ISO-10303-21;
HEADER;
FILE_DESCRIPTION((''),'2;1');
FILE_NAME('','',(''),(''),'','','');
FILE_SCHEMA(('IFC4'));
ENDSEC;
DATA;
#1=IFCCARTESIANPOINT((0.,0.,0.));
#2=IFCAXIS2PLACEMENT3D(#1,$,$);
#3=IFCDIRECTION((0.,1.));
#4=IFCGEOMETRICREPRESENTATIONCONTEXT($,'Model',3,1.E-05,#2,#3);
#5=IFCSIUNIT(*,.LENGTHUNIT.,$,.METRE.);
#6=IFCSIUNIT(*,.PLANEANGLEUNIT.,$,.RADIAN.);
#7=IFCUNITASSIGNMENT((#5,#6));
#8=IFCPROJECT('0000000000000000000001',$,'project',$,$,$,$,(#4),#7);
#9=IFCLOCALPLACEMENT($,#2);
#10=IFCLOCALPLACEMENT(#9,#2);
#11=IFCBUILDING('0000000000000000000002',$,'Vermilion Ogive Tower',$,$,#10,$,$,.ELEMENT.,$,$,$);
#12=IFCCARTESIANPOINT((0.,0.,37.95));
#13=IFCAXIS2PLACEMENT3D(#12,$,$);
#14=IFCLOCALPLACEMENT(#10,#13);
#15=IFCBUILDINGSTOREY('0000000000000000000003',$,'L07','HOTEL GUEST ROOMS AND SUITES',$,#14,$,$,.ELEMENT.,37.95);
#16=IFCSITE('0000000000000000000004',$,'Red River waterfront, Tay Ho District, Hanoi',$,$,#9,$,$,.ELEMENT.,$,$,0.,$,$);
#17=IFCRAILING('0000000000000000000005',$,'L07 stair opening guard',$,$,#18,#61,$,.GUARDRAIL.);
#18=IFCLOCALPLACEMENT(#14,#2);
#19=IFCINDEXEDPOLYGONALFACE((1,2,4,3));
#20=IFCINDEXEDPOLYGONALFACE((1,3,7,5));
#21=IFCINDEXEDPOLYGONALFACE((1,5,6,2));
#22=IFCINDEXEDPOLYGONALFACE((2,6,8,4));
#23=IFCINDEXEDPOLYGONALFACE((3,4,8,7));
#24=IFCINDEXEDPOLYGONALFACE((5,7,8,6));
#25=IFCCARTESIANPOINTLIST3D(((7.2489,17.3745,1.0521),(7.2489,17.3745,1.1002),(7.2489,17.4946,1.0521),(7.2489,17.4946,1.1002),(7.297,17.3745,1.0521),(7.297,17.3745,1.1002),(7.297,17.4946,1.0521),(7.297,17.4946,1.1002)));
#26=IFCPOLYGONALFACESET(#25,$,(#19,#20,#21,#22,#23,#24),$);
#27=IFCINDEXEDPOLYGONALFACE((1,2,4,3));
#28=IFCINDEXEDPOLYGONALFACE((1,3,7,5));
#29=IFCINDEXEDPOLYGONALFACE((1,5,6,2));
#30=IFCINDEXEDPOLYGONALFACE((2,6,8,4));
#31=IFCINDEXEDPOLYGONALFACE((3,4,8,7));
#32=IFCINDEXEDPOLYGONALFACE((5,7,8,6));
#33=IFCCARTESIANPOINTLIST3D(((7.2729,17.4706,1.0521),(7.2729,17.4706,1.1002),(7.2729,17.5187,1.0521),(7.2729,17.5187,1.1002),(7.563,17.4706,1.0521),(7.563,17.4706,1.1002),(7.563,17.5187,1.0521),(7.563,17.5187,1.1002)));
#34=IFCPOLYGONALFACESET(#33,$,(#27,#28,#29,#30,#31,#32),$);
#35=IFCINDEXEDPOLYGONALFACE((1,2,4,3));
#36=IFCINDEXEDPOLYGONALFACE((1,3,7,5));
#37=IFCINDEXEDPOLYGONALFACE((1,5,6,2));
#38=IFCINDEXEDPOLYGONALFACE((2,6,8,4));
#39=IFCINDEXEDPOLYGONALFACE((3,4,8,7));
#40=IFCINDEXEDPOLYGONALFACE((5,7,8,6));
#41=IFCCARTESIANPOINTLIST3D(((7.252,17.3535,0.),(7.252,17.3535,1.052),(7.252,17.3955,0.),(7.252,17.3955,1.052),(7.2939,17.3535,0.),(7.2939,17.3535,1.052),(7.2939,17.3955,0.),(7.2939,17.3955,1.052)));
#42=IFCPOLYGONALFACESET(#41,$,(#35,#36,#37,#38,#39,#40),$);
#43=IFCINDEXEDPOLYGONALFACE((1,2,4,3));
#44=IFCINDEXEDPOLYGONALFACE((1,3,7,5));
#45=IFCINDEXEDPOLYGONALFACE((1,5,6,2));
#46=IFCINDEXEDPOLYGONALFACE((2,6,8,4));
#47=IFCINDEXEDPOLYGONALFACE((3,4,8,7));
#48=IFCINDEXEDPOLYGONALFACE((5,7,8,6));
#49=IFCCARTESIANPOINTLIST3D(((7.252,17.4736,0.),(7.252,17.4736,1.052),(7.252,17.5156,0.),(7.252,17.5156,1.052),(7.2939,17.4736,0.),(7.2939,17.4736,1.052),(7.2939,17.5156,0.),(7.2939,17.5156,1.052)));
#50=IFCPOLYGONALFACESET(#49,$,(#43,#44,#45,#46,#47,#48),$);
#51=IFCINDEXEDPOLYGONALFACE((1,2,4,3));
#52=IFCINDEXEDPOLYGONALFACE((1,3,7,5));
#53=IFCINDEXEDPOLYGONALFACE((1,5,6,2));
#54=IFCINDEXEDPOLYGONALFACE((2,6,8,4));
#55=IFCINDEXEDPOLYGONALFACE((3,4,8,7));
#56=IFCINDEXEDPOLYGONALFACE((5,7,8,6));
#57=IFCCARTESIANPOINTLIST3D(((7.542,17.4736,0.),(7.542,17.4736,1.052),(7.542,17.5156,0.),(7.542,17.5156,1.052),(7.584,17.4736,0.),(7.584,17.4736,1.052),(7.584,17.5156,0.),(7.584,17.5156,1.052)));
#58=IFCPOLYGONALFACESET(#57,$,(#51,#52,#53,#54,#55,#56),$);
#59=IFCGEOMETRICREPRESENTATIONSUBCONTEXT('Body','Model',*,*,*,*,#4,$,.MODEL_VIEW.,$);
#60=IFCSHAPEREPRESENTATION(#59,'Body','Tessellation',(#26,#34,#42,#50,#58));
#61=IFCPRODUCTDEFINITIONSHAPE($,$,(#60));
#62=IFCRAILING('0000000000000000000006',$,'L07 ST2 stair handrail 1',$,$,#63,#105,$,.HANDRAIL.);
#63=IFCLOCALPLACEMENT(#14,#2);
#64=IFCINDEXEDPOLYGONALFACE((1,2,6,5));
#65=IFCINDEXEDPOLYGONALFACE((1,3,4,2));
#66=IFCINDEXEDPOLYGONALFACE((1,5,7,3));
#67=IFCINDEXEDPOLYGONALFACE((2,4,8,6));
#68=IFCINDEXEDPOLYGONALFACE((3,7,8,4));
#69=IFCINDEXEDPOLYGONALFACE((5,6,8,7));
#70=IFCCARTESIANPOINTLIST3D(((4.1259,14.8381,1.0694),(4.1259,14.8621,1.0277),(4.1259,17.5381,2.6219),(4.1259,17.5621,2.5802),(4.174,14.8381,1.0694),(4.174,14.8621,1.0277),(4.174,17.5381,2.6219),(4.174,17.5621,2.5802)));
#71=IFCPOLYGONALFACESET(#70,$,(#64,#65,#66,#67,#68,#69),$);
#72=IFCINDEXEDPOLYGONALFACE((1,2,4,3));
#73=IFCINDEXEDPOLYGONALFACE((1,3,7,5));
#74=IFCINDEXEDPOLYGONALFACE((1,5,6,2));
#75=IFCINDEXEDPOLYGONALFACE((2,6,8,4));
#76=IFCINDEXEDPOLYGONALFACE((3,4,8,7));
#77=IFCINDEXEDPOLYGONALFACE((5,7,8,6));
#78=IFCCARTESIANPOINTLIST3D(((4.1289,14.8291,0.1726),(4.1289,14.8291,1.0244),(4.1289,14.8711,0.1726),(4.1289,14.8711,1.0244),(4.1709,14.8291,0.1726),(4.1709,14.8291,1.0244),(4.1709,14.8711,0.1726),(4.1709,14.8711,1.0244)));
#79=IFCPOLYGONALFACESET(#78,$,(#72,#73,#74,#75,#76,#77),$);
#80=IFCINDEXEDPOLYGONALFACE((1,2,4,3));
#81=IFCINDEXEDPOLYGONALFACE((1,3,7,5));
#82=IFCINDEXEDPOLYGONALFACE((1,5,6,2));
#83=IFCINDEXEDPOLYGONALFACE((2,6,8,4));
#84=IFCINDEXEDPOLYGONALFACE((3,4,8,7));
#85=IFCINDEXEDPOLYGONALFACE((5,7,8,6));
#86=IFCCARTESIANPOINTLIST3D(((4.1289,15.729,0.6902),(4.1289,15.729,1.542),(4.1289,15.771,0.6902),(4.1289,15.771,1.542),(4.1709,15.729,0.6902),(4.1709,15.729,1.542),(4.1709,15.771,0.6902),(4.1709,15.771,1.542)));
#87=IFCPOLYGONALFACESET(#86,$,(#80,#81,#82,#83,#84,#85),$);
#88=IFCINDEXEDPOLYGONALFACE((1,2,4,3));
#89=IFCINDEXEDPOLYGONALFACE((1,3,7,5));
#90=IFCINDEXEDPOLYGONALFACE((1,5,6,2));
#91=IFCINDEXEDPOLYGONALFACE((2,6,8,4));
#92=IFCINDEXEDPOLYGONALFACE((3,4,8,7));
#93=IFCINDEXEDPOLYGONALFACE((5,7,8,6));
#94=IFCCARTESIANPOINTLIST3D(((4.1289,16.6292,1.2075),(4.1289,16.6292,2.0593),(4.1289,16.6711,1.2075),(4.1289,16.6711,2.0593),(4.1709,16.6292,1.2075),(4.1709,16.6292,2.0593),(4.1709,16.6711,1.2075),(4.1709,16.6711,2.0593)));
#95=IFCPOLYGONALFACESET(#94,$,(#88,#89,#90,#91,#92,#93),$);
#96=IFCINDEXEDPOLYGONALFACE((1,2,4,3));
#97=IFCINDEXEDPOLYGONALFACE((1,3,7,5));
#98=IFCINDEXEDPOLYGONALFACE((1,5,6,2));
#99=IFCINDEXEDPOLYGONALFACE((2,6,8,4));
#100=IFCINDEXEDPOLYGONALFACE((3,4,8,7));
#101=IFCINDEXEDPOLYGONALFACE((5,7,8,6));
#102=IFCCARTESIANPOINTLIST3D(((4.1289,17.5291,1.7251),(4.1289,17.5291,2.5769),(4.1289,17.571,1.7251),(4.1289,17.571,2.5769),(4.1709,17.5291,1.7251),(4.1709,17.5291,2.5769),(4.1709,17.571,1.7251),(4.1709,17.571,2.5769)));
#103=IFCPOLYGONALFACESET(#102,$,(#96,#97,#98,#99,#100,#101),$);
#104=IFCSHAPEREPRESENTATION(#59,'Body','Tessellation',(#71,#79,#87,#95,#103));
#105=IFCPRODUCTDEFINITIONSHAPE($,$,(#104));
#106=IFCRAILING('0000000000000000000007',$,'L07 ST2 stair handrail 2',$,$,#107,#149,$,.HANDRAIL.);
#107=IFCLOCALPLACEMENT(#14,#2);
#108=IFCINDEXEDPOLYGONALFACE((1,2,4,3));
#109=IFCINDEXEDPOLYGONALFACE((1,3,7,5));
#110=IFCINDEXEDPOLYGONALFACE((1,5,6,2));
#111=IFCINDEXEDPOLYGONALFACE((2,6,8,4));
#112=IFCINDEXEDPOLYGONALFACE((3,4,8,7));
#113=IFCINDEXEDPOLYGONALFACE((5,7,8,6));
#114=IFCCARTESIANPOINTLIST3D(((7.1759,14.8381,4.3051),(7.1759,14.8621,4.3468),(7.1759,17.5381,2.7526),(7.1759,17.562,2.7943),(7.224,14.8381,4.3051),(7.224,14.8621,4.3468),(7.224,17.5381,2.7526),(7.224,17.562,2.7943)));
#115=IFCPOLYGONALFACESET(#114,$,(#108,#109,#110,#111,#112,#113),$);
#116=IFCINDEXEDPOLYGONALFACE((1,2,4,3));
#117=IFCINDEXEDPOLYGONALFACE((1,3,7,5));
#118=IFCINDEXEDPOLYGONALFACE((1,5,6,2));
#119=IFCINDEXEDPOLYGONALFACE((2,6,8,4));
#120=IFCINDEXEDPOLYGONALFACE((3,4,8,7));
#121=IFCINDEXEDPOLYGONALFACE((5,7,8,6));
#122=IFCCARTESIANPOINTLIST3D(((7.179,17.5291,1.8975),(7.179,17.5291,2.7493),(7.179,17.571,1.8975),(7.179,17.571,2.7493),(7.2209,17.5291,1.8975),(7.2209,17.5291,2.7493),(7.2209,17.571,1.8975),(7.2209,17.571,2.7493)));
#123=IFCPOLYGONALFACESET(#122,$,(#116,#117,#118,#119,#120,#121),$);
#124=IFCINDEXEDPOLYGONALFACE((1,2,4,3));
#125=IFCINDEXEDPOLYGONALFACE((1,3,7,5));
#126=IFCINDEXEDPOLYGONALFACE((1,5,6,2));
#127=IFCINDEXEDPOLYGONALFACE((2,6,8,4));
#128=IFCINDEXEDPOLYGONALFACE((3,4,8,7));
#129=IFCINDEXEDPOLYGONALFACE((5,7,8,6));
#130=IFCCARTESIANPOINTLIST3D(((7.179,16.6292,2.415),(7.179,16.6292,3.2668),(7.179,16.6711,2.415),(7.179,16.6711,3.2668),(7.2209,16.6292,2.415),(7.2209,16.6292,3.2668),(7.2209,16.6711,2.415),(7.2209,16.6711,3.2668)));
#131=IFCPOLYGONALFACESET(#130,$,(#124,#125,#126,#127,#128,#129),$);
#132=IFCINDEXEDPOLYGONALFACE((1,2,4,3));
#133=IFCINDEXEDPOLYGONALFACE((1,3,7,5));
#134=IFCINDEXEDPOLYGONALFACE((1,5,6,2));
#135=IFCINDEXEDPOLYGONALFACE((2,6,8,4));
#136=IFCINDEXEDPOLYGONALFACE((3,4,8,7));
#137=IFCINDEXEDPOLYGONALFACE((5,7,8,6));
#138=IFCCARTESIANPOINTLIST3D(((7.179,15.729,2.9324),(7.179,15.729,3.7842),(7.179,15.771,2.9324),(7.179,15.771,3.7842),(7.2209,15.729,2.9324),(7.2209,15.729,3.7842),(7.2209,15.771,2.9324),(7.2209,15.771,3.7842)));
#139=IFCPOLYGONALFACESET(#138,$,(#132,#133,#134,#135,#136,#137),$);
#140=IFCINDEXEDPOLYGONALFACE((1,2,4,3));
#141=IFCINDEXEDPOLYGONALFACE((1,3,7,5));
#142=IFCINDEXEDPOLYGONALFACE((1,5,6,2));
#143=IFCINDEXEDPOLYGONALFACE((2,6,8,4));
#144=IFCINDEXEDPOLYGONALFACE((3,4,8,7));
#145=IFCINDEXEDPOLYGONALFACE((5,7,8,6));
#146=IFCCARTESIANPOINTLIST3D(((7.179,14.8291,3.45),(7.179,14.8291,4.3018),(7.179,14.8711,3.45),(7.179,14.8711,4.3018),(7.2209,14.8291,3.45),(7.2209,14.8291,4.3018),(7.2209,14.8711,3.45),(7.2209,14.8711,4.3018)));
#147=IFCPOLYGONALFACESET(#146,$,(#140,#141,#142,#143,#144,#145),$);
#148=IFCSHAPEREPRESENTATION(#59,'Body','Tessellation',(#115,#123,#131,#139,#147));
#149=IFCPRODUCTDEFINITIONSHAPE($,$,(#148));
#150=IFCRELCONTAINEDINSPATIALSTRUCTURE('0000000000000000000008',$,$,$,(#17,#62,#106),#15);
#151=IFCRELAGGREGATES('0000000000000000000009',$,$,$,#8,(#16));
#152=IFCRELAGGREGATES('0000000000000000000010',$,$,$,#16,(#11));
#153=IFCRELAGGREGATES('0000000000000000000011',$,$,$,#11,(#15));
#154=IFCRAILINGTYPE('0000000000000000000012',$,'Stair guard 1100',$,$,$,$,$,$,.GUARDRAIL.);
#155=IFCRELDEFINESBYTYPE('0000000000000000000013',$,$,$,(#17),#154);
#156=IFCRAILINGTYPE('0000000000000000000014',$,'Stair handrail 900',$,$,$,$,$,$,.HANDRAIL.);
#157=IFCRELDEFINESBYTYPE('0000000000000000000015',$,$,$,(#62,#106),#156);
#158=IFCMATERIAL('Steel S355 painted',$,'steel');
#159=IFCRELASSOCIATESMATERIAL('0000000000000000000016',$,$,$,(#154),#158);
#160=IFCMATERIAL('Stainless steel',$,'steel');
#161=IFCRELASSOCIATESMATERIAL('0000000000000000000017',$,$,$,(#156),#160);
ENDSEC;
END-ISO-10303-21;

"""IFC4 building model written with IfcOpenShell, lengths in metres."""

from ifc_helpers import new_model, si_unit, direction, frame, origin, origin_2d, place, context, subcontext, project, spatial, rectangle, extrude, material, type_object, element, save


model = new_model("IFC4")

# Units and contexts
model_context = context("Model", 3, precision=1e-05, world=origin(), true_north=direction((0.0, 1.0)))
body_context = subcontext(model_context, "Body", "Model", "MODEL_VIEW")
ifc_project = project(units=[si_unit("LENGTHUNIT", "METRE"), si_unit("PLANEANGLEUNIT", "RADIAN")], contexts=[model_context])

# Site, building, storey
site_placement = place(None, origin())
site = spatial("IfcSite", under=ifc_project, at=site_placement, Name="Red River waterfront, Tay Ho District, Hanoi", CompositionType="ELEMENT", RefElevation=0.0)
building_placement = place(site_placement, origin())
building = spatial("IfcBuilding", under=site, at=building_placement, Name="Vermilion Ogive Tower", CompositionType="ELEMENT")
storey_placement = place(building_placement, frame((0.0, 0.0, 37.95)))
storey = spatial("IfcBuildingStorey", under=building, at=storey_placement, Name="L07", Description="HOTEL GUEST ROOMS AND SUITES", CompositionType="ELEMENT", Elevation=37.95)

# Railings
ifc_material_1 = material(Name="Steel S355 painted", Category="steel")
railing_type_1 = type_object("IfcRailingType", Name="Stair guard 1100", PredefinedType="GUARDRAIL", material=ifc_material_1)
railing_1_placement = place(storey_placement, frame((7.2729, 17.3745, 0.0)))
element("IfcRailing", 1, at=railing_1_placement, inside=storey, type_object=railing_type_1, Name="L07 stair opening guard", PredefinedType="GUARDRAIL", context=body_context, shape_type="SweptSolid", body=[
    extrude(rectangle(XDim=0.0481, YDim=0.0481, at=origin_2d()), frame((0.0, 0.0, 1.0762), z_axis=(0.0, 1.0, 0.0), x_axis=(-1.0, 0.0, 0.0)), (0.0, 0.0, 1.0), 0.1201),
    extrude(rectangle(XDim=0.0481, YDim=0.0481, at=origin_2d()), frame((0.0, 0.1201, 1.0762), z_axis=(1.0, 0.0, 0.0), x_axis=(0.0, 1.0, 0.0)), (0.0, 0.0, 1.0), 0.29),
    extrude(rectangle(XDim=0.042, YDim=0.042, at=origin_2d()), origin(), (0.0, 0.0, 1.0), 1.052),
    extrude(rectangle(XDim=0.042, YDim=0.042, at=origin_2d()), frame((0.0, 0.1201, 0.0)), (0.0, 0.0, 1.0), 1.052),
    extrude(rectangle(XDim=0.042, YDim=0.042, at=origin_2d()), frame((0.29, 0.1201, 0.0)), (0.0, 0.0, 1.0), 1.052),
])
ifc_material_2 = material(Name="Stainless steel", Category="steel")
railing_type_2 = type_object("IfcRailingType", Name="Stair handrail 900", PredefinedType="HANDRAIL", material=ifc_material_2)
railing_2_placement = place(storey_placement, frame((4.1499, 14.8501, 0.1726)))
element("IfcRailing", 2, at=railing_2_placement, inside=storey, type_object=railing_type_2, Name="L07 ST2 stair handrail 1", PredefinedType="HANDRAIL", context=body_context, shape_type="SweptSolid", body=[
    extrude(rectangle(XDim=0.0481, YDim=0.0481, at=origin_2d()), frame((0.0, 0.0, 0.876), z_axis=(0.0, 0.866904, 0.498476), x_axis=(-1.0, 0.0, 0.0)), (0.0, 0.0, 1.0), 3.1145),
    extrude(rectangle(XDim=0.042, YDim=0.042, at=origin_2d()), origin(), (0.0, 0.0, 1.0), 0.8518),
    extrude(rectangle(XDim=0.042, YDim=0.042, at=origin_2d()), frame((0.0, 0.8999, 0.5176)), (0.0, 0.0, 1.0), 0.8518),
    extrude(rectangle(XDim=0.042, YDim=0.042, at=origin_2d()), frame((0.0, 1.8, 1.0349)), (0.0, 0.0, 1.0), 0.8518),
    extrude(rectangle(XDim=0.042, YDim=0.042, at=origin_2d()), frame((0.0, 2.7, 1.5525)), (0.0, 0.0, 1.0), 0.8518),
])
railing_3_placement = place(storey_placement, frame((7.2, 17.55, 1.8975)))
element("IfcRailing", 3, at=railing_3_placement, inside=storey, type_object=railing_type_2, Name="L07 ST2 stair handrail 2", PredefinedType="HANDRAIL", context=body_context, shape_type="SweptSolid", body=[
    extrude(rectangle(XDim=0.0481, YDim=0.0481, at=origin_2d()), frame((0.0, 0.0, 0.876), z_axis=(0.0, -0.866904, 0.498476), x_axis=(1.0, 0.0, 0.0)), (0.0, 0.0, 1.0), 3.1145),
    extrude(rectangle(XDim=0.042, YDim=0.042, at=origin_2d()), origin(), (0.0, 0.0, 1.0), 0.8518),
    extrude(rectangle(XDim=0.042, YDim=0.042, at=origin_2d()), frame((0.0, -0.8999, 0.5176)), (0.0, 0.0, 1.0), 0.8518),
    extrude(rectangle(XDim=0.042, YDim=0.042, at=origin_2d()), frame((0.0, -1.8, 1.0349)), (0.0, 0.0, 1.0), 0.8518),
    extrude(rectangle(XDim=0.042, YDim=0.042, at=origin_2d()), frame((0.0, -2.7, 1.5525)), (0.0, 0.0, 1.0), 0.8518),
])

save(model, "model.ifc")
